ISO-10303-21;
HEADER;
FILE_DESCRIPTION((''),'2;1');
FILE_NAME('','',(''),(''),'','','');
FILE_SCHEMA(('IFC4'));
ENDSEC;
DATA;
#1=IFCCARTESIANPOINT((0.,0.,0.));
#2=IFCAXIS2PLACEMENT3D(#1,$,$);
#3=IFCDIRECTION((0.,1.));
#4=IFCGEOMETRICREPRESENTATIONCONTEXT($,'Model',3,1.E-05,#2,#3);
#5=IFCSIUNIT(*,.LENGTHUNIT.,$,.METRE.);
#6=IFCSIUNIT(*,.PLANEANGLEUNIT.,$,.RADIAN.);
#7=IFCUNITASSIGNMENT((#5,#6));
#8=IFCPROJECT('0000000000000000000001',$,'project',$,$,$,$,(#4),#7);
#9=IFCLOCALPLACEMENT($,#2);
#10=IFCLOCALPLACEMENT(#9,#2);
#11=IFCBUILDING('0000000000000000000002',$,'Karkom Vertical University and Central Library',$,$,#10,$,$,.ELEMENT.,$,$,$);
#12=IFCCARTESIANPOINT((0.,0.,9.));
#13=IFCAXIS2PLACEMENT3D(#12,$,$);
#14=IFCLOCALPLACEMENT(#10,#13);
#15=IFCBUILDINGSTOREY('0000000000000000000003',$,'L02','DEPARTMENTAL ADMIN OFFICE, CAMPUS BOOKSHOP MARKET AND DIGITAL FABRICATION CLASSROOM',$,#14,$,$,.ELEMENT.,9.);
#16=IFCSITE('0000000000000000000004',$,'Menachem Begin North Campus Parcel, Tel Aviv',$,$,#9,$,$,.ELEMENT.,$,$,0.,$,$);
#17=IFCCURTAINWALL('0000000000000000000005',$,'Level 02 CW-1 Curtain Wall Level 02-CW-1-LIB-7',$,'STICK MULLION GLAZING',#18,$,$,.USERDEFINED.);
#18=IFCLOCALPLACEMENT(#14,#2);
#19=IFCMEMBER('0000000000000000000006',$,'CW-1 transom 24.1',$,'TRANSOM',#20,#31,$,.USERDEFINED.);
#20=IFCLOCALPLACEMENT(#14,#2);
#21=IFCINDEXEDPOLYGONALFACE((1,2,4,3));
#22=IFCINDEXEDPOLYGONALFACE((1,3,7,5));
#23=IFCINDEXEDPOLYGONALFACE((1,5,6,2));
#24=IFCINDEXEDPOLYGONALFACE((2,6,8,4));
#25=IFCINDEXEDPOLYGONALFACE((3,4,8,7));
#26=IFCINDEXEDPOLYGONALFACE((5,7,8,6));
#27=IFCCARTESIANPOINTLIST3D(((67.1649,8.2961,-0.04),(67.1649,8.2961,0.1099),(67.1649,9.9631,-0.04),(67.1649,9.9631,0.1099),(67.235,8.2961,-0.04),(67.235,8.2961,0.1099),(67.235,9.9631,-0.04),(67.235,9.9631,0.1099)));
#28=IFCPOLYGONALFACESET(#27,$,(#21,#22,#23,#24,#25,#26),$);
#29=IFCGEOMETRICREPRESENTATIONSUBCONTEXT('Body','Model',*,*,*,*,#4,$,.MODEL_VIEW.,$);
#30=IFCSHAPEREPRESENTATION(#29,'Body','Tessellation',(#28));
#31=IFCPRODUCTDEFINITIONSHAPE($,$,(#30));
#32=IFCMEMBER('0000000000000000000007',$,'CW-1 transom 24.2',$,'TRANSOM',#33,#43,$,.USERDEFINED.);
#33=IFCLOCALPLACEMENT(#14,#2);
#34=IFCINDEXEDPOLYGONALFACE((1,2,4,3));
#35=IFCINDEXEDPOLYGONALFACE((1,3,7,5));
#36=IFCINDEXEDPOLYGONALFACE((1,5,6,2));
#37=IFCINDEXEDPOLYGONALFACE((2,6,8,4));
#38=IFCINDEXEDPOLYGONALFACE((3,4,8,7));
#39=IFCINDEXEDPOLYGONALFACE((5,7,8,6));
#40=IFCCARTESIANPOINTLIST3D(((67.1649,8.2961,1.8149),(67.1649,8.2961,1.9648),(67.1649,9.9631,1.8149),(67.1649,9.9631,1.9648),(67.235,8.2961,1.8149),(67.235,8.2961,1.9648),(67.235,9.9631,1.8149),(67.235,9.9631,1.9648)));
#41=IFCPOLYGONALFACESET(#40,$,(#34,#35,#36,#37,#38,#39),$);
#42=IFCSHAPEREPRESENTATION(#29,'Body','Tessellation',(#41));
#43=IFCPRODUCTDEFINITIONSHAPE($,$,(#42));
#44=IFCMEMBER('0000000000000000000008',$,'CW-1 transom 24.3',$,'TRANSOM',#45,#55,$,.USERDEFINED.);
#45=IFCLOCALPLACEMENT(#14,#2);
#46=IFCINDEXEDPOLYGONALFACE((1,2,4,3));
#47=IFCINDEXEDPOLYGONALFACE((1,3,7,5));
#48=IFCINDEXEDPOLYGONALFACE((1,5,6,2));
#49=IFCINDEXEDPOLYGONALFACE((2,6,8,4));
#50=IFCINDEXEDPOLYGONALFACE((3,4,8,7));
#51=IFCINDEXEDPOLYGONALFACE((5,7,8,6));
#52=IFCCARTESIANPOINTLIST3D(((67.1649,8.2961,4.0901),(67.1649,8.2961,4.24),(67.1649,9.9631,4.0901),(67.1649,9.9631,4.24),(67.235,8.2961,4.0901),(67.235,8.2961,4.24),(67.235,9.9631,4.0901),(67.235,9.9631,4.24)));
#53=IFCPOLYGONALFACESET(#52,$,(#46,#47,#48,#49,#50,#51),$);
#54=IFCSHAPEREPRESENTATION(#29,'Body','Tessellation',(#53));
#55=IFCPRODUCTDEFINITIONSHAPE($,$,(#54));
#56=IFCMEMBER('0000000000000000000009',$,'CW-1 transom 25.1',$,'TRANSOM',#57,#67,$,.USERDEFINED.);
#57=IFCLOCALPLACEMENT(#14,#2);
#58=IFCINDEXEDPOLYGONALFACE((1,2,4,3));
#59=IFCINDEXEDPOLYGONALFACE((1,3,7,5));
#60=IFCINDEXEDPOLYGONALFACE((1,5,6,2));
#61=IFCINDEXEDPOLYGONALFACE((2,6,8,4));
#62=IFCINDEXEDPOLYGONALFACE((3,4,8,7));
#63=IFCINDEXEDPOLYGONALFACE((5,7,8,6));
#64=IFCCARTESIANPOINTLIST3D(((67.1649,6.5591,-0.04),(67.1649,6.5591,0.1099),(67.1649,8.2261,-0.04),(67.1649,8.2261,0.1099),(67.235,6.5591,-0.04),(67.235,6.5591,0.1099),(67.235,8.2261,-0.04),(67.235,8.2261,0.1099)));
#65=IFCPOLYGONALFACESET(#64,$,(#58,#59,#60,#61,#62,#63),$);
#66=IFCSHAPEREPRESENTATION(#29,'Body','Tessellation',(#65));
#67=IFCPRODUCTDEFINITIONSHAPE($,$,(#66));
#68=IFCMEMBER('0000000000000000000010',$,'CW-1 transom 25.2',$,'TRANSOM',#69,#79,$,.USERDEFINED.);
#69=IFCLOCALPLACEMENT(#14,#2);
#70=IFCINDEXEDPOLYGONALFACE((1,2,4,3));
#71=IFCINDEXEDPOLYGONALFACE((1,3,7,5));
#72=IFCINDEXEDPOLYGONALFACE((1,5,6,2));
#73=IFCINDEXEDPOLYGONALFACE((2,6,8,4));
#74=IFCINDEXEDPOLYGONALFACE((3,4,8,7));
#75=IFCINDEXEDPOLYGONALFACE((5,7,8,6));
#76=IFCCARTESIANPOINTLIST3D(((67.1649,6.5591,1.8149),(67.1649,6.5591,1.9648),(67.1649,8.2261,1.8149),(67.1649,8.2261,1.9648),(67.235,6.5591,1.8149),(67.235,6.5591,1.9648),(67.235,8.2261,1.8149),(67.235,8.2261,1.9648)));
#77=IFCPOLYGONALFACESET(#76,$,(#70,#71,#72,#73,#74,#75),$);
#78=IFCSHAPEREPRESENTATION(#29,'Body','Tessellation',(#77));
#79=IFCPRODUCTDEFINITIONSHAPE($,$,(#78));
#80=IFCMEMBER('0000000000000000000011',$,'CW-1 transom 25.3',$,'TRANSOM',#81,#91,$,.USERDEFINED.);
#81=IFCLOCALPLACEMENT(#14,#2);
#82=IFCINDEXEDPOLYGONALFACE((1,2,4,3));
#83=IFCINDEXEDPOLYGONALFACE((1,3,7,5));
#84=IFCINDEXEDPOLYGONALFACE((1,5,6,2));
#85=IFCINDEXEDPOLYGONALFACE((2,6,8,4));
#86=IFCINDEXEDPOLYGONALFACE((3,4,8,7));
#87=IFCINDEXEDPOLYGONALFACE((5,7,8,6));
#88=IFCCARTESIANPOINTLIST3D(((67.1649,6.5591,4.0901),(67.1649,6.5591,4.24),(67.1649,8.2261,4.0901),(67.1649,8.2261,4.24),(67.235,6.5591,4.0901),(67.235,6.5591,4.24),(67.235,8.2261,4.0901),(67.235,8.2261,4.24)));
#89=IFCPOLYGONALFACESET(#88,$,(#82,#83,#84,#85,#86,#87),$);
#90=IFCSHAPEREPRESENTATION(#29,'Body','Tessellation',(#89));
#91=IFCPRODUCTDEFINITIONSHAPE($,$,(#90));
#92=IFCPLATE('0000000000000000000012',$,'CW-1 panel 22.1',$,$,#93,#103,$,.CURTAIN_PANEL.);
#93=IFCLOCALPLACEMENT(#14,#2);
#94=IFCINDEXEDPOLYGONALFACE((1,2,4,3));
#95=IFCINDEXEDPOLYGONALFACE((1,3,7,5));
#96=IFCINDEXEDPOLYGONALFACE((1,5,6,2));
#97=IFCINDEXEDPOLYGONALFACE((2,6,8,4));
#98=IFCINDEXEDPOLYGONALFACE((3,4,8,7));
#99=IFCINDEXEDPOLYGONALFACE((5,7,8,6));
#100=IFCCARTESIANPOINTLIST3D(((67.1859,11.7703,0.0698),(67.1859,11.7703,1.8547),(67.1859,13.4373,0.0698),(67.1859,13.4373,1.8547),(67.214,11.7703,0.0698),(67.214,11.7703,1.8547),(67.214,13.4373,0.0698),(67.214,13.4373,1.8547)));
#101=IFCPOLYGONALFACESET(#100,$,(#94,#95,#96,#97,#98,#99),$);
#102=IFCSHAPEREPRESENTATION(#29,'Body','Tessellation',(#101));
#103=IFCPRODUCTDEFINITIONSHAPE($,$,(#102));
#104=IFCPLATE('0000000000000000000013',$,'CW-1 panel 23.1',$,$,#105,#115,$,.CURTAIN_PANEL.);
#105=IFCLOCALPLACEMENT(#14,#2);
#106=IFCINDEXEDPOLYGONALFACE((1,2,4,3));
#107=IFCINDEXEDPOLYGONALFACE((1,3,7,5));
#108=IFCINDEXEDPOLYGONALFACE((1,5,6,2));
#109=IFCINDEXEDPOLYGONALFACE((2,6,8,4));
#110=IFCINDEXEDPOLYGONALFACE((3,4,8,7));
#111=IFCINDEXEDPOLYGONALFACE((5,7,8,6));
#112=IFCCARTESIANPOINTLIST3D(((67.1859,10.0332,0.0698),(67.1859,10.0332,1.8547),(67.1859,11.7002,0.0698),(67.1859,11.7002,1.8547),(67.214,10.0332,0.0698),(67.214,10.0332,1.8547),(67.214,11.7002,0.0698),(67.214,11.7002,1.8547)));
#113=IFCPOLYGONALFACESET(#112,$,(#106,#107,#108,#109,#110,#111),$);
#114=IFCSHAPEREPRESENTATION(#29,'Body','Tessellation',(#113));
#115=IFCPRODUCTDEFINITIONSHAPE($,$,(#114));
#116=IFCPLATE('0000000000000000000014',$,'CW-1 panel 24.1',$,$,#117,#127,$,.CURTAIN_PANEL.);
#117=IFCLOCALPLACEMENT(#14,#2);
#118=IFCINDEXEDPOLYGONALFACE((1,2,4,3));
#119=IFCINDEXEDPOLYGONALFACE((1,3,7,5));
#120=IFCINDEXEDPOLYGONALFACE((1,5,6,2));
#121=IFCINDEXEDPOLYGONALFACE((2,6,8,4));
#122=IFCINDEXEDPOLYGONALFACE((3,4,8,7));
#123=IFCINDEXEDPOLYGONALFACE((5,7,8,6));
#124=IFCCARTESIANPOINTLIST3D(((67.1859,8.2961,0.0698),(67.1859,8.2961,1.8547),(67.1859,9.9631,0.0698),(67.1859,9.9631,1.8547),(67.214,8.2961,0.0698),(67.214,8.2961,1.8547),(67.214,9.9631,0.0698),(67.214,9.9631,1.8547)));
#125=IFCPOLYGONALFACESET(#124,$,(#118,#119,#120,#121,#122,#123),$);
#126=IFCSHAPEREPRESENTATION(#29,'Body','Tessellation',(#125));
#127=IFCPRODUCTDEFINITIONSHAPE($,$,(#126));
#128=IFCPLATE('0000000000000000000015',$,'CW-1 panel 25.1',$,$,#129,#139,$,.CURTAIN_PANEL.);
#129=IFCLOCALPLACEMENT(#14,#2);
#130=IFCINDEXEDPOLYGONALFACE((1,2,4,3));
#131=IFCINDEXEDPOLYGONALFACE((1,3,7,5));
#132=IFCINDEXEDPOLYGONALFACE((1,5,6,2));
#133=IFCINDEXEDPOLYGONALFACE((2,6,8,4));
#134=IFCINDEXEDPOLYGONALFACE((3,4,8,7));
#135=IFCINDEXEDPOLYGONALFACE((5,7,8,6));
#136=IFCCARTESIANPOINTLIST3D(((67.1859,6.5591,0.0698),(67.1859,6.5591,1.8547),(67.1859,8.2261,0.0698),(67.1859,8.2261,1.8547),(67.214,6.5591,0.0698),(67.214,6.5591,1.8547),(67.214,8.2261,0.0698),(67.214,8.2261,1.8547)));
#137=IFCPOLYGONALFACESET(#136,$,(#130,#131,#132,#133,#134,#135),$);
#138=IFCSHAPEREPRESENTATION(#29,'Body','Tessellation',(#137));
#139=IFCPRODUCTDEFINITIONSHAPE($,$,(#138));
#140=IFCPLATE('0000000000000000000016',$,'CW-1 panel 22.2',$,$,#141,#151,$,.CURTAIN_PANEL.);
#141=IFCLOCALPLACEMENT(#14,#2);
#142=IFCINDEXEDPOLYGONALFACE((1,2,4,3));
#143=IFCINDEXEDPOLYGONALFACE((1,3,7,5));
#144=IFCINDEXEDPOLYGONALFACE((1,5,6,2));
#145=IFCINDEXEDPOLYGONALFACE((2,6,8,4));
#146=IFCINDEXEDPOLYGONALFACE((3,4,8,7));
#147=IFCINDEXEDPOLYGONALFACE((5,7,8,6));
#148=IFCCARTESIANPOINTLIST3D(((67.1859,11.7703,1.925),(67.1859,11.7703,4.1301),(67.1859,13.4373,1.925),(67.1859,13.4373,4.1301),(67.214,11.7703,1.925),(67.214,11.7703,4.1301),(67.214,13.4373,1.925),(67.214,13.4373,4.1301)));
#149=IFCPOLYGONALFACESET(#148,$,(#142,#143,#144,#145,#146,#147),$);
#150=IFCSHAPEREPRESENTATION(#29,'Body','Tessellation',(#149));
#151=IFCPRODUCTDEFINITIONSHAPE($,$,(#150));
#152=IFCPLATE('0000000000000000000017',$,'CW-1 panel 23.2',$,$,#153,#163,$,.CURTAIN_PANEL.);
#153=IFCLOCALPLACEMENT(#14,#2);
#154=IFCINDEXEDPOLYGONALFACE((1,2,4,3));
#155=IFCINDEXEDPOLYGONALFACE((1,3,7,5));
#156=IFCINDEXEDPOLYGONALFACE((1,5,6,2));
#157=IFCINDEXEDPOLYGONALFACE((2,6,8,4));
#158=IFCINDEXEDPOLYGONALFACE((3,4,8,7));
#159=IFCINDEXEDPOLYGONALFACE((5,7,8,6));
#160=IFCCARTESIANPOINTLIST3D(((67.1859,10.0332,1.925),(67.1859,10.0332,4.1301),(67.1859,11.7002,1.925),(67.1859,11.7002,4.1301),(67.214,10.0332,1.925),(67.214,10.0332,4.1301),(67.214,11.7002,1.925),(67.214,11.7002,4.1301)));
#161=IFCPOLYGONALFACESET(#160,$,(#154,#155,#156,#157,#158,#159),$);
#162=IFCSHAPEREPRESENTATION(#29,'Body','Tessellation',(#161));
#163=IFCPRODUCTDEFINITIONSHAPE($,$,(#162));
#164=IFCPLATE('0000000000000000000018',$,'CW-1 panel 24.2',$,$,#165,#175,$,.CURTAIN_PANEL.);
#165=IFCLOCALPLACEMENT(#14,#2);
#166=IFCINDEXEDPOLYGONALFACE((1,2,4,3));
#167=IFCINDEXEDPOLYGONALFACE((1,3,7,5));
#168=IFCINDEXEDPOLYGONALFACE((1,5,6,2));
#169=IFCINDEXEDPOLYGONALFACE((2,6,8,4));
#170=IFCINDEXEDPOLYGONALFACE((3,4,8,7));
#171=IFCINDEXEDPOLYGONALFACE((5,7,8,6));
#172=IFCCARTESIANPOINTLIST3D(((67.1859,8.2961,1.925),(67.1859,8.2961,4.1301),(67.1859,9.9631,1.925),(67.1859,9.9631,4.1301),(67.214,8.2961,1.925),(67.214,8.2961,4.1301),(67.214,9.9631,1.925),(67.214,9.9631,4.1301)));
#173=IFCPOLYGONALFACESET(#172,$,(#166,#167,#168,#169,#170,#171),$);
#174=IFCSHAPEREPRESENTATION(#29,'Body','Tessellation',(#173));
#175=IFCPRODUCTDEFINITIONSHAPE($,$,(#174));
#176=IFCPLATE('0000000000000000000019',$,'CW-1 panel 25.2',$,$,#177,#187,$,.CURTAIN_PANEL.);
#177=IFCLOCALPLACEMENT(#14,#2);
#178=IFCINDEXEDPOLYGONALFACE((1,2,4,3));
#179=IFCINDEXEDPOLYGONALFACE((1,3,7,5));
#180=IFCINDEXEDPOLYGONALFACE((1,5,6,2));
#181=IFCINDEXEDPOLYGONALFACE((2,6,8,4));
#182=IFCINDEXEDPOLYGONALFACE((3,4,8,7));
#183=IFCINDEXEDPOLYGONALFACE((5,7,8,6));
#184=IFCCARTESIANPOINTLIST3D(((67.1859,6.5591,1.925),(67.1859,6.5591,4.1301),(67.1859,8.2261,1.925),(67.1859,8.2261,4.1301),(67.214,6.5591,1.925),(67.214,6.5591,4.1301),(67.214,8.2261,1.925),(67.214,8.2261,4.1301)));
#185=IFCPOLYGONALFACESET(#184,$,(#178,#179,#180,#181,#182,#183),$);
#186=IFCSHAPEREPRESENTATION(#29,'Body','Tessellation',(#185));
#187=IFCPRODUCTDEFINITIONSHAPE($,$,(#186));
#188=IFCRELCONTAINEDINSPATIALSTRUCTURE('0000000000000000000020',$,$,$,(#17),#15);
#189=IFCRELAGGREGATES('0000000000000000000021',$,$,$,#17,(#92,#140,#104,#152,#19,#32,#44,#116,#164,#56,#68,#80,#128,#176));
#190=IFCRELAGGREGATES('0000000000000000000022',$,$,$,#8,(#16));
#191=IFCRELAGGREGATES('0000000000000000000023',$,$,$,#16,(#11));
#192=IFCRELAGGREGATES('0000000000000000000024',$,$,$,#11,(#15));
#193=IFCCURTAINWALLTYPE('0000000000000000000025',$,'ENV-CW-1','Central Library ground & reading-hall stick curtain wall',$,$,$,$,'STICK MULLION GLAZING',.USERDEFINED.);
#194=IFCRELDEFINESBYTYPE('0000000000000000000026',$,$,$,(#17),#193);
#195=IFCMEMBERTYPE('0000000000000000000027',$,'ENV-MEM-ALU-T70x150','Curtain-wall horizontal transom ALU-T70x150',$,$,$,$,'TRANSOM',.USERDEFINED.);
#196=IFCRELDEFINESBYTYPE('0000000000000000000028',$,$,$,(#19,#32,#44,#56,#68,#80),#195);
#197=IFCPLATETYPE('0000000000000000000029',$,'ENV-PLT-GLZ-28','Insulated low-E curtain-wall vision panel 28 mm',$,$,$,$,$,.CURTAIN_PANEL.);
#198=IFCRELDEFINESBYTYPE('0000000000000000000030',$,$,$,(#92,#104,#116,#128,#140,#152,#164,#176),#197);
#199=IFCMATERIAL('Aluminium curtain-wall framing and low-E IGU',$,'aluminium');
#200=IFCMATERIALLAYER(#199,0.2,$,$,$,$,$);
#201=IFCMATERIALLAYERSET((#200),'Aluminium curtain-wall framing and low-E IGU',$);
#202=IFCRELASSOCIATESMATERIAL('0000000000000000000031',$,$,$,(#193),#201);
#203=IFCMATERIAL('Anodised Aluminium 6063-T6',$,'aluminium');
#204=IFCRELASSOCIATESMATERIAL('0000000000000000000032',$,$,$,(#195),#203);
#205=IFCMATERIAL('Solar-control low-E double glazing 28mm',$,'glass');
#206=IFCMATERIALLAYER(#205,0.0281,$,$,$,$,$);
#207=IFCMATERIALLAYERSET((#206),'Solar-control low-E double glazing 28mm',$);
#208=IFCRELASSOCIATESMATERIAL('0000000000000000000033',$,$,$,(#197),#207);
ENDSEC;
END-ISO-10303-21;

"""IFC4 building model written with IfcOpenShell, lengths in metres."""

from ifc_helpers import new_model, si_unit, direction, frame, origin, origin_with_axes, origin_2d, place, context, subcontext, project, spatial, rectangle, extrude, source, transform, mapped, material, layer, layer_set, material_profile, profile_set, type_object, element, aggregate, save


model = new_model("IFC4")

# Units and contexts
model_context = context("Model", 3, precision=1e-05, world=origin(), true_north=direction((0.0, 1.0)))
body_context = subcontext(model_context, "Body", "Model", "MODEL_VIEW")
ifc_project = project(units=[si_unit("LENGTHUNIT", "METRE"), si_unit("PLANEANGLEUNIT", "RADIAN")], contexts=[model_context])

# Site, building, storey
site_placement = place(None, origin())
site = spatial("IfcSite", under=ifc_project, at=site_placement, Name="Menachem Begin North Campus Parcel, Tel Aviv", CompositionType="ELEMENT", RefElevation=0.0)
building_placement = place(site_placement, origin())
building = spatial("IfcBuilding", under=site, at=building_placement, Name="Karkom Vertical University and Central Library", CompositionType="ELEMENT")
storey_placement = place(building_placement, frame((0.0, 0.0, 9.0)))
storey = spatial("IfcBuildingStorey", under=building, at=storey_placement, Name="L02", Description="DEPARTMENTAL ADMIN OFFICE, CAMPUS BOOKSHOP MARKET AND DIGITAL FABRICATION CLASSROOM", CompositionType="ELEMENT", Elevation=9.0)

# Curtain wall, members, plates
ifc_material_1 = material(Name="Aluminium curtain-wall framing and low-E IGU", Category="aluminium")
ifc_layer_1 = layer(ifc_material_1, 0.2)
ifc_layer_set_1 = layer_set([ifc_layer_1], Name="Aluminium curtain-wall framing and low-E IGU")
curtain_wall_type = type_object("IfcCurtainWallType", Name="ENV-CW-1", Description="Central Library ground & reading-hall stick curtain wall", ElementType="STICK MULLION GLAZING", PredefinedType="USERDEFINED", material=ifc_layer_set_1)
curtain_wall_placement = place(storey_placement, origin())
curtain_wall = element("IfcCurtainWall", 1, at=curtain_wall_placement, inside=storey, type_object=curtain_wall_type, Name="Level 02 CW-1 Curtain Wall Level 02-CW-1-LIB-7", ObjectType="STICK MULLION GLAZING", PredefinedType="USERDEFINED")
ifc_material_2 = material(Name="Anodised Aluminium 6063-T6", Category="aluminium")
ifc_material_profile_1 = material_profile(ifc_material_2, rectangle(XDim=0.0701, YDim=0.1499, at=origin_2d()), Name="ALU-T70x150")
ifc_profile_set_1 = profile_set([ifc_material_profile_1], Name="Anodised Aluminium 6063-T6")
member_type = type_object("IfcMemberType", Name="ENV-MEM-ALU-T70x150", Description="Curtain-wall horizontal transom ALU-T70x150", ElementType="TRANSOM", PredefinedType="USERDEFINED", material=ifc_profile_set_1)
shared_shape_1 = source(origin_with_axes(), body_context, "Body", "SweptSolid", [
    extrude(rectangle(XDim=0.0701, YDim=0.1499, at=origin_2d()), origin(), (0.0, 0.0, 1.0), 1.667),
])
member_1_placement = place(storey_placement, frame((67.2, 9.9631, 0.0349), z_axis=(0.0, -1.0, 0.0), x_axis=(1.0, 0.0, 0.0)))
member_1 = element("IfcMember", 2, at=member_1_placement, type_object=member_type, Name="CW-1 transom 24.1", ObjectType="TRANSOM", PredefinedType="USERDEFINED", context=body_context, shape_type="MappedRepresentation", body=[
    mapped(shared_shape_1, transform((0.0, 0.0, 0.0), scale=1.0)),
])
member_2_placement = place(storey_placement, frame((67.2, 9.9631, 1.8899), z_axis=(0.0, -1.0, 0.0), x_axis=(1.0, 0.0, 0.0)))
member_2 = element("IfcMember", 3, at=member_2_placement, type_object=member_type, Name="CW-1 transom 24.2", ObjectType="TRANSOM", PredefinedType="USERDEFINED", context=body_context, shape_type="MappedRepresentation", body=[
    mapped(shared_shape_1, transform((0.0, 0.0, 0.0), scale=1.0)),
])
member_3_placement = place(storey_placement, frame((67.2, 9.9631, 4.165), z_axis=(0.0, -1.0, 0.0), x_axis=(1.0, 0.0, 0.0)))
member_3 = element("IfcMember", 4, at=member_3_placement, type_object=member_type, Name="CW-1 transom 24.3", ObjectType="TRANSOM", PredefinedType="USERDEFINED", context=body_context, shape_type="MappedRepresentation", body=[
    mapped(shared_shape_1, transform((0.0, 0.0, 0.0), scale=1.0)),
])
member_4_placement = place(storey_placement, frame((67.2, 8.2261, 0.0349), z_axis=(0.0, -1.0, 0.0), x_axis=(1.0, 0.0, 0.0)))
member_4 = element("IfcMember", 5, at=member_4_placement, type_object=member_type, Name="CW-1 transom 25.1", ObjectType="TRANSOM", PredefinedType="USERDEFINED", context=body_context, shape_type="MappedRepresentation", body=[
    mapped(shared_shape_1, transform((0.0, 0.0, 0.0), scale=1.0)),
])
member_5_placement = place(storey_placement, frame((67.2, 8.2261, 1.8899), z_axis=(0.0, -1.0, 0.0), x_axis=(1.0, 0.0, 0.0)))
member_5 = element("IfcMember", 6, at=member_5_placement, type_object=member_type, Name="CW-1 transom 25.2", ObjectType="TRANSOM", PredefinedType="USERDEFINED", context=body_context, shape_type="MappedRepresentation", body=[
    mapped(shared_shape_1, transform((0.0, 0.0, 0.0), scale=1.0)),
])
member_6_placement = place(storey_placement, frame((67.2, 8.2261, 4.165), z_axis=(0.0, -1.0, 0.0), x_axis=(1.0, 0.0, 0.0)))
member_6 = element("IfcMember", 7, at=member_6_placement, type_object=member_type, Name="CW-1 transom 25.3", ObjectType="TRANSOM", PredefinedType="USERDEFINED", context=body_context, shape_type="MappedRepresentation", body=[
    mapped(shared_shape_1, transform((0.0, 0.0, 0.0), scale=1.0)),
])
ifc_material_3 = material(Name="Solar-control low-E double glazing 28mm", Category="glass")
ifc_layer_2 = layer(ifc_material_3, 0.0281)
ifc_layer_set_2 = layer_set([ifc_layer_2], Name="Solar-control low-E double glazing 28mm")
plate_type = type_object("IfcPlateType", Name="ENV-PLT-GLZ-28", Description="Insulated low-E curtain-wall vision panel 28 mm", PredefinedType="CURTAIN_PANEL", material=ifc_layer_set_2)
shared_shape_2 = source(origin_with_axes(), body_context, "Body", "SweptSolid", [
    extrude(rectangle(XDim=1.667, YDim=0.0281, at=origin_2d()), origin(), (0.0, 0.0, 1.0), 1.7849),
])
plate_1_placement = place(storey_placement, frame((67.2, 12.6038, 0.0698), z_axis=(0.0, 0.0, 1.0), x_axis=(0.0, -1.0, 0.0)))
plate_1 = element("IfcPlate", 8, at=plate_1_placement, type_object=plate_type, Name="CW-1 panel 22.1", PredefinedType="CURTAIN_PANEL", context=body_context, shape_type="MappedRepresentation", body=[
    mapped(shared_shape_2, transform((0.0, 0.0, 0.0), scale=1.0)),
])
plate_2_placement = place(storey_placement, frame((67.2, 10.8667, 0.0698), z_axis=(0.0, 0.0, 1.0), x_axis=(0.0, -1.0, 0.0)))
plate_2 = element("IfcPlate", 9, at=plate_2_placement, type_object=plate_type, Name="CW-1 panel 23.1", PredefinedType="CURTAIN_PANEL", context=body_context, shape_type="MappedRepresentation", body=[
    mapped(shared_shape_2, transform((0.0, 0.0, 0.0), scale=1.0)),
])
plate_3_placement = place(storey_placement, frame((67.2, 9.1296, 0.0698), z_axis=(0.0, 0.0, 1.0), x_axis=(0.0, -1.0, 0.0)))
plate_3 = element("IfcPlate", 10, at=plate_3_placement, type_object=plate_type, Name="CW-1 panel 24.1", PredefinedType="CURTAIN_PANEL", context=body_context, shape_type="MappedRepresentation", body=[
    mapped(shared_shape_2, transform((0.0, 0.0, 0.0), scale=1.0)),
])
plate_4_placement = place(storey_placement, frame((67.2, 7.3926, 0.0698), z_axis=(0.0, 0.0, 1.0), x_axis=(0.0, -1.0, 0.0)))
plate_4 = element("IfcPlate", 11, at=plate_4_placement, type_object=plate_type, Name="CW-1 panel 25.1", PredefinedType="CURTAIN_PANEL", context=body_context, shape_type="MappedRepresentation", body=[
    mapped(shared_shape_2, transform((0.0, 0.0, 0.0), scale=1.0)),
])
shared_shape_3 = source(origin_with_axes(), body_context, "Body", "SweptSolid", [
    extrude(rectangle(XDim=1.667, YDim=0.0281, at=origin_2d()), origin(), (0.0, 0.0, 1.0), 2.2051),
])
plate_5_placement = place(storey_placement, frame((67.2, 12.6038, 1.925), z_axis=(0.0, 0.0, 1.0), x_axis=(0.0, -1.0, 0.0)))
plate_5 = element("IfcPlate", 12, at=plate_5_placement, type_object=plate_type, Name="CW-1 panel 22.2", PredefinedType="CURTAIN_PANEL", context=body_context, shape_type="MappedRepresentation", body=[
    mapped(shared_shape_3, transform((0.0, 0.0, 0.0), scale=1.0)),
])
plate_6_placement = place(storey_placement, frame((67.2, 10.8667, 1.925), z_axis=(0.0, 0.0, 1.0), x_axis=(0.0, -1.0, 0.0)))
plate_6 = element("IfcPlate", 13, at=plate_6_placement, type_object=plate_type, Name="CW-1 panel 23.2", PredefinedType="CURTAIN_PANEL", context=body_context, shape_type="MappedRepresentation", body=[
    mapped(shared_shape_3, transform((0.0, 0.0, 0.0), scale=1.0)),
])
plate_7_placement = place(storey_placement, frame((67.2, 9.1296, 1.925), z_axis=(0.0, 0.0, 1.0), x_axis=(0.0, -1.0, 0.0)))
plate_7 = element("IfcPlate", 14, at=plate_7_placement, type_object=plate_type, Name="CW-1 panel 24.2", PredefinedType="CURTAIN_PANEL", context=body_context, shape_type="MappedRepresentation", body=[
    mapped(shared_shape_3, transform((0.0, 0.0, 0.0), scale=1.0)),
])
plate_8_placement = place(storey_placement, frame((67.2, 7.3926, 1.925), z_axis=(0.0, 0.0, 1.0), x_axis=(0.0, -1.0, 0.0)))
plate_8 = element("IfcPlate", 15, at=plate_8_placement, type_object=plate_type, Name="CW-1 panel 25.2", PredefinedType="CURTAIN_PANEL", context=body_context, shape_type="MappedRepresentation", body=[
    mapped(shared_shape_3, transform((0.0, 0.0, 0.0), scale=1.0)),
])
aggregate(curtain_wall, [plate_1, plate_5, plate_2, plate_6, member_1, member_2, member_3, plate_3, plate_7, member_4, member_5, member_6, plate_4, plate_8])

save(model, "model.ifc")
